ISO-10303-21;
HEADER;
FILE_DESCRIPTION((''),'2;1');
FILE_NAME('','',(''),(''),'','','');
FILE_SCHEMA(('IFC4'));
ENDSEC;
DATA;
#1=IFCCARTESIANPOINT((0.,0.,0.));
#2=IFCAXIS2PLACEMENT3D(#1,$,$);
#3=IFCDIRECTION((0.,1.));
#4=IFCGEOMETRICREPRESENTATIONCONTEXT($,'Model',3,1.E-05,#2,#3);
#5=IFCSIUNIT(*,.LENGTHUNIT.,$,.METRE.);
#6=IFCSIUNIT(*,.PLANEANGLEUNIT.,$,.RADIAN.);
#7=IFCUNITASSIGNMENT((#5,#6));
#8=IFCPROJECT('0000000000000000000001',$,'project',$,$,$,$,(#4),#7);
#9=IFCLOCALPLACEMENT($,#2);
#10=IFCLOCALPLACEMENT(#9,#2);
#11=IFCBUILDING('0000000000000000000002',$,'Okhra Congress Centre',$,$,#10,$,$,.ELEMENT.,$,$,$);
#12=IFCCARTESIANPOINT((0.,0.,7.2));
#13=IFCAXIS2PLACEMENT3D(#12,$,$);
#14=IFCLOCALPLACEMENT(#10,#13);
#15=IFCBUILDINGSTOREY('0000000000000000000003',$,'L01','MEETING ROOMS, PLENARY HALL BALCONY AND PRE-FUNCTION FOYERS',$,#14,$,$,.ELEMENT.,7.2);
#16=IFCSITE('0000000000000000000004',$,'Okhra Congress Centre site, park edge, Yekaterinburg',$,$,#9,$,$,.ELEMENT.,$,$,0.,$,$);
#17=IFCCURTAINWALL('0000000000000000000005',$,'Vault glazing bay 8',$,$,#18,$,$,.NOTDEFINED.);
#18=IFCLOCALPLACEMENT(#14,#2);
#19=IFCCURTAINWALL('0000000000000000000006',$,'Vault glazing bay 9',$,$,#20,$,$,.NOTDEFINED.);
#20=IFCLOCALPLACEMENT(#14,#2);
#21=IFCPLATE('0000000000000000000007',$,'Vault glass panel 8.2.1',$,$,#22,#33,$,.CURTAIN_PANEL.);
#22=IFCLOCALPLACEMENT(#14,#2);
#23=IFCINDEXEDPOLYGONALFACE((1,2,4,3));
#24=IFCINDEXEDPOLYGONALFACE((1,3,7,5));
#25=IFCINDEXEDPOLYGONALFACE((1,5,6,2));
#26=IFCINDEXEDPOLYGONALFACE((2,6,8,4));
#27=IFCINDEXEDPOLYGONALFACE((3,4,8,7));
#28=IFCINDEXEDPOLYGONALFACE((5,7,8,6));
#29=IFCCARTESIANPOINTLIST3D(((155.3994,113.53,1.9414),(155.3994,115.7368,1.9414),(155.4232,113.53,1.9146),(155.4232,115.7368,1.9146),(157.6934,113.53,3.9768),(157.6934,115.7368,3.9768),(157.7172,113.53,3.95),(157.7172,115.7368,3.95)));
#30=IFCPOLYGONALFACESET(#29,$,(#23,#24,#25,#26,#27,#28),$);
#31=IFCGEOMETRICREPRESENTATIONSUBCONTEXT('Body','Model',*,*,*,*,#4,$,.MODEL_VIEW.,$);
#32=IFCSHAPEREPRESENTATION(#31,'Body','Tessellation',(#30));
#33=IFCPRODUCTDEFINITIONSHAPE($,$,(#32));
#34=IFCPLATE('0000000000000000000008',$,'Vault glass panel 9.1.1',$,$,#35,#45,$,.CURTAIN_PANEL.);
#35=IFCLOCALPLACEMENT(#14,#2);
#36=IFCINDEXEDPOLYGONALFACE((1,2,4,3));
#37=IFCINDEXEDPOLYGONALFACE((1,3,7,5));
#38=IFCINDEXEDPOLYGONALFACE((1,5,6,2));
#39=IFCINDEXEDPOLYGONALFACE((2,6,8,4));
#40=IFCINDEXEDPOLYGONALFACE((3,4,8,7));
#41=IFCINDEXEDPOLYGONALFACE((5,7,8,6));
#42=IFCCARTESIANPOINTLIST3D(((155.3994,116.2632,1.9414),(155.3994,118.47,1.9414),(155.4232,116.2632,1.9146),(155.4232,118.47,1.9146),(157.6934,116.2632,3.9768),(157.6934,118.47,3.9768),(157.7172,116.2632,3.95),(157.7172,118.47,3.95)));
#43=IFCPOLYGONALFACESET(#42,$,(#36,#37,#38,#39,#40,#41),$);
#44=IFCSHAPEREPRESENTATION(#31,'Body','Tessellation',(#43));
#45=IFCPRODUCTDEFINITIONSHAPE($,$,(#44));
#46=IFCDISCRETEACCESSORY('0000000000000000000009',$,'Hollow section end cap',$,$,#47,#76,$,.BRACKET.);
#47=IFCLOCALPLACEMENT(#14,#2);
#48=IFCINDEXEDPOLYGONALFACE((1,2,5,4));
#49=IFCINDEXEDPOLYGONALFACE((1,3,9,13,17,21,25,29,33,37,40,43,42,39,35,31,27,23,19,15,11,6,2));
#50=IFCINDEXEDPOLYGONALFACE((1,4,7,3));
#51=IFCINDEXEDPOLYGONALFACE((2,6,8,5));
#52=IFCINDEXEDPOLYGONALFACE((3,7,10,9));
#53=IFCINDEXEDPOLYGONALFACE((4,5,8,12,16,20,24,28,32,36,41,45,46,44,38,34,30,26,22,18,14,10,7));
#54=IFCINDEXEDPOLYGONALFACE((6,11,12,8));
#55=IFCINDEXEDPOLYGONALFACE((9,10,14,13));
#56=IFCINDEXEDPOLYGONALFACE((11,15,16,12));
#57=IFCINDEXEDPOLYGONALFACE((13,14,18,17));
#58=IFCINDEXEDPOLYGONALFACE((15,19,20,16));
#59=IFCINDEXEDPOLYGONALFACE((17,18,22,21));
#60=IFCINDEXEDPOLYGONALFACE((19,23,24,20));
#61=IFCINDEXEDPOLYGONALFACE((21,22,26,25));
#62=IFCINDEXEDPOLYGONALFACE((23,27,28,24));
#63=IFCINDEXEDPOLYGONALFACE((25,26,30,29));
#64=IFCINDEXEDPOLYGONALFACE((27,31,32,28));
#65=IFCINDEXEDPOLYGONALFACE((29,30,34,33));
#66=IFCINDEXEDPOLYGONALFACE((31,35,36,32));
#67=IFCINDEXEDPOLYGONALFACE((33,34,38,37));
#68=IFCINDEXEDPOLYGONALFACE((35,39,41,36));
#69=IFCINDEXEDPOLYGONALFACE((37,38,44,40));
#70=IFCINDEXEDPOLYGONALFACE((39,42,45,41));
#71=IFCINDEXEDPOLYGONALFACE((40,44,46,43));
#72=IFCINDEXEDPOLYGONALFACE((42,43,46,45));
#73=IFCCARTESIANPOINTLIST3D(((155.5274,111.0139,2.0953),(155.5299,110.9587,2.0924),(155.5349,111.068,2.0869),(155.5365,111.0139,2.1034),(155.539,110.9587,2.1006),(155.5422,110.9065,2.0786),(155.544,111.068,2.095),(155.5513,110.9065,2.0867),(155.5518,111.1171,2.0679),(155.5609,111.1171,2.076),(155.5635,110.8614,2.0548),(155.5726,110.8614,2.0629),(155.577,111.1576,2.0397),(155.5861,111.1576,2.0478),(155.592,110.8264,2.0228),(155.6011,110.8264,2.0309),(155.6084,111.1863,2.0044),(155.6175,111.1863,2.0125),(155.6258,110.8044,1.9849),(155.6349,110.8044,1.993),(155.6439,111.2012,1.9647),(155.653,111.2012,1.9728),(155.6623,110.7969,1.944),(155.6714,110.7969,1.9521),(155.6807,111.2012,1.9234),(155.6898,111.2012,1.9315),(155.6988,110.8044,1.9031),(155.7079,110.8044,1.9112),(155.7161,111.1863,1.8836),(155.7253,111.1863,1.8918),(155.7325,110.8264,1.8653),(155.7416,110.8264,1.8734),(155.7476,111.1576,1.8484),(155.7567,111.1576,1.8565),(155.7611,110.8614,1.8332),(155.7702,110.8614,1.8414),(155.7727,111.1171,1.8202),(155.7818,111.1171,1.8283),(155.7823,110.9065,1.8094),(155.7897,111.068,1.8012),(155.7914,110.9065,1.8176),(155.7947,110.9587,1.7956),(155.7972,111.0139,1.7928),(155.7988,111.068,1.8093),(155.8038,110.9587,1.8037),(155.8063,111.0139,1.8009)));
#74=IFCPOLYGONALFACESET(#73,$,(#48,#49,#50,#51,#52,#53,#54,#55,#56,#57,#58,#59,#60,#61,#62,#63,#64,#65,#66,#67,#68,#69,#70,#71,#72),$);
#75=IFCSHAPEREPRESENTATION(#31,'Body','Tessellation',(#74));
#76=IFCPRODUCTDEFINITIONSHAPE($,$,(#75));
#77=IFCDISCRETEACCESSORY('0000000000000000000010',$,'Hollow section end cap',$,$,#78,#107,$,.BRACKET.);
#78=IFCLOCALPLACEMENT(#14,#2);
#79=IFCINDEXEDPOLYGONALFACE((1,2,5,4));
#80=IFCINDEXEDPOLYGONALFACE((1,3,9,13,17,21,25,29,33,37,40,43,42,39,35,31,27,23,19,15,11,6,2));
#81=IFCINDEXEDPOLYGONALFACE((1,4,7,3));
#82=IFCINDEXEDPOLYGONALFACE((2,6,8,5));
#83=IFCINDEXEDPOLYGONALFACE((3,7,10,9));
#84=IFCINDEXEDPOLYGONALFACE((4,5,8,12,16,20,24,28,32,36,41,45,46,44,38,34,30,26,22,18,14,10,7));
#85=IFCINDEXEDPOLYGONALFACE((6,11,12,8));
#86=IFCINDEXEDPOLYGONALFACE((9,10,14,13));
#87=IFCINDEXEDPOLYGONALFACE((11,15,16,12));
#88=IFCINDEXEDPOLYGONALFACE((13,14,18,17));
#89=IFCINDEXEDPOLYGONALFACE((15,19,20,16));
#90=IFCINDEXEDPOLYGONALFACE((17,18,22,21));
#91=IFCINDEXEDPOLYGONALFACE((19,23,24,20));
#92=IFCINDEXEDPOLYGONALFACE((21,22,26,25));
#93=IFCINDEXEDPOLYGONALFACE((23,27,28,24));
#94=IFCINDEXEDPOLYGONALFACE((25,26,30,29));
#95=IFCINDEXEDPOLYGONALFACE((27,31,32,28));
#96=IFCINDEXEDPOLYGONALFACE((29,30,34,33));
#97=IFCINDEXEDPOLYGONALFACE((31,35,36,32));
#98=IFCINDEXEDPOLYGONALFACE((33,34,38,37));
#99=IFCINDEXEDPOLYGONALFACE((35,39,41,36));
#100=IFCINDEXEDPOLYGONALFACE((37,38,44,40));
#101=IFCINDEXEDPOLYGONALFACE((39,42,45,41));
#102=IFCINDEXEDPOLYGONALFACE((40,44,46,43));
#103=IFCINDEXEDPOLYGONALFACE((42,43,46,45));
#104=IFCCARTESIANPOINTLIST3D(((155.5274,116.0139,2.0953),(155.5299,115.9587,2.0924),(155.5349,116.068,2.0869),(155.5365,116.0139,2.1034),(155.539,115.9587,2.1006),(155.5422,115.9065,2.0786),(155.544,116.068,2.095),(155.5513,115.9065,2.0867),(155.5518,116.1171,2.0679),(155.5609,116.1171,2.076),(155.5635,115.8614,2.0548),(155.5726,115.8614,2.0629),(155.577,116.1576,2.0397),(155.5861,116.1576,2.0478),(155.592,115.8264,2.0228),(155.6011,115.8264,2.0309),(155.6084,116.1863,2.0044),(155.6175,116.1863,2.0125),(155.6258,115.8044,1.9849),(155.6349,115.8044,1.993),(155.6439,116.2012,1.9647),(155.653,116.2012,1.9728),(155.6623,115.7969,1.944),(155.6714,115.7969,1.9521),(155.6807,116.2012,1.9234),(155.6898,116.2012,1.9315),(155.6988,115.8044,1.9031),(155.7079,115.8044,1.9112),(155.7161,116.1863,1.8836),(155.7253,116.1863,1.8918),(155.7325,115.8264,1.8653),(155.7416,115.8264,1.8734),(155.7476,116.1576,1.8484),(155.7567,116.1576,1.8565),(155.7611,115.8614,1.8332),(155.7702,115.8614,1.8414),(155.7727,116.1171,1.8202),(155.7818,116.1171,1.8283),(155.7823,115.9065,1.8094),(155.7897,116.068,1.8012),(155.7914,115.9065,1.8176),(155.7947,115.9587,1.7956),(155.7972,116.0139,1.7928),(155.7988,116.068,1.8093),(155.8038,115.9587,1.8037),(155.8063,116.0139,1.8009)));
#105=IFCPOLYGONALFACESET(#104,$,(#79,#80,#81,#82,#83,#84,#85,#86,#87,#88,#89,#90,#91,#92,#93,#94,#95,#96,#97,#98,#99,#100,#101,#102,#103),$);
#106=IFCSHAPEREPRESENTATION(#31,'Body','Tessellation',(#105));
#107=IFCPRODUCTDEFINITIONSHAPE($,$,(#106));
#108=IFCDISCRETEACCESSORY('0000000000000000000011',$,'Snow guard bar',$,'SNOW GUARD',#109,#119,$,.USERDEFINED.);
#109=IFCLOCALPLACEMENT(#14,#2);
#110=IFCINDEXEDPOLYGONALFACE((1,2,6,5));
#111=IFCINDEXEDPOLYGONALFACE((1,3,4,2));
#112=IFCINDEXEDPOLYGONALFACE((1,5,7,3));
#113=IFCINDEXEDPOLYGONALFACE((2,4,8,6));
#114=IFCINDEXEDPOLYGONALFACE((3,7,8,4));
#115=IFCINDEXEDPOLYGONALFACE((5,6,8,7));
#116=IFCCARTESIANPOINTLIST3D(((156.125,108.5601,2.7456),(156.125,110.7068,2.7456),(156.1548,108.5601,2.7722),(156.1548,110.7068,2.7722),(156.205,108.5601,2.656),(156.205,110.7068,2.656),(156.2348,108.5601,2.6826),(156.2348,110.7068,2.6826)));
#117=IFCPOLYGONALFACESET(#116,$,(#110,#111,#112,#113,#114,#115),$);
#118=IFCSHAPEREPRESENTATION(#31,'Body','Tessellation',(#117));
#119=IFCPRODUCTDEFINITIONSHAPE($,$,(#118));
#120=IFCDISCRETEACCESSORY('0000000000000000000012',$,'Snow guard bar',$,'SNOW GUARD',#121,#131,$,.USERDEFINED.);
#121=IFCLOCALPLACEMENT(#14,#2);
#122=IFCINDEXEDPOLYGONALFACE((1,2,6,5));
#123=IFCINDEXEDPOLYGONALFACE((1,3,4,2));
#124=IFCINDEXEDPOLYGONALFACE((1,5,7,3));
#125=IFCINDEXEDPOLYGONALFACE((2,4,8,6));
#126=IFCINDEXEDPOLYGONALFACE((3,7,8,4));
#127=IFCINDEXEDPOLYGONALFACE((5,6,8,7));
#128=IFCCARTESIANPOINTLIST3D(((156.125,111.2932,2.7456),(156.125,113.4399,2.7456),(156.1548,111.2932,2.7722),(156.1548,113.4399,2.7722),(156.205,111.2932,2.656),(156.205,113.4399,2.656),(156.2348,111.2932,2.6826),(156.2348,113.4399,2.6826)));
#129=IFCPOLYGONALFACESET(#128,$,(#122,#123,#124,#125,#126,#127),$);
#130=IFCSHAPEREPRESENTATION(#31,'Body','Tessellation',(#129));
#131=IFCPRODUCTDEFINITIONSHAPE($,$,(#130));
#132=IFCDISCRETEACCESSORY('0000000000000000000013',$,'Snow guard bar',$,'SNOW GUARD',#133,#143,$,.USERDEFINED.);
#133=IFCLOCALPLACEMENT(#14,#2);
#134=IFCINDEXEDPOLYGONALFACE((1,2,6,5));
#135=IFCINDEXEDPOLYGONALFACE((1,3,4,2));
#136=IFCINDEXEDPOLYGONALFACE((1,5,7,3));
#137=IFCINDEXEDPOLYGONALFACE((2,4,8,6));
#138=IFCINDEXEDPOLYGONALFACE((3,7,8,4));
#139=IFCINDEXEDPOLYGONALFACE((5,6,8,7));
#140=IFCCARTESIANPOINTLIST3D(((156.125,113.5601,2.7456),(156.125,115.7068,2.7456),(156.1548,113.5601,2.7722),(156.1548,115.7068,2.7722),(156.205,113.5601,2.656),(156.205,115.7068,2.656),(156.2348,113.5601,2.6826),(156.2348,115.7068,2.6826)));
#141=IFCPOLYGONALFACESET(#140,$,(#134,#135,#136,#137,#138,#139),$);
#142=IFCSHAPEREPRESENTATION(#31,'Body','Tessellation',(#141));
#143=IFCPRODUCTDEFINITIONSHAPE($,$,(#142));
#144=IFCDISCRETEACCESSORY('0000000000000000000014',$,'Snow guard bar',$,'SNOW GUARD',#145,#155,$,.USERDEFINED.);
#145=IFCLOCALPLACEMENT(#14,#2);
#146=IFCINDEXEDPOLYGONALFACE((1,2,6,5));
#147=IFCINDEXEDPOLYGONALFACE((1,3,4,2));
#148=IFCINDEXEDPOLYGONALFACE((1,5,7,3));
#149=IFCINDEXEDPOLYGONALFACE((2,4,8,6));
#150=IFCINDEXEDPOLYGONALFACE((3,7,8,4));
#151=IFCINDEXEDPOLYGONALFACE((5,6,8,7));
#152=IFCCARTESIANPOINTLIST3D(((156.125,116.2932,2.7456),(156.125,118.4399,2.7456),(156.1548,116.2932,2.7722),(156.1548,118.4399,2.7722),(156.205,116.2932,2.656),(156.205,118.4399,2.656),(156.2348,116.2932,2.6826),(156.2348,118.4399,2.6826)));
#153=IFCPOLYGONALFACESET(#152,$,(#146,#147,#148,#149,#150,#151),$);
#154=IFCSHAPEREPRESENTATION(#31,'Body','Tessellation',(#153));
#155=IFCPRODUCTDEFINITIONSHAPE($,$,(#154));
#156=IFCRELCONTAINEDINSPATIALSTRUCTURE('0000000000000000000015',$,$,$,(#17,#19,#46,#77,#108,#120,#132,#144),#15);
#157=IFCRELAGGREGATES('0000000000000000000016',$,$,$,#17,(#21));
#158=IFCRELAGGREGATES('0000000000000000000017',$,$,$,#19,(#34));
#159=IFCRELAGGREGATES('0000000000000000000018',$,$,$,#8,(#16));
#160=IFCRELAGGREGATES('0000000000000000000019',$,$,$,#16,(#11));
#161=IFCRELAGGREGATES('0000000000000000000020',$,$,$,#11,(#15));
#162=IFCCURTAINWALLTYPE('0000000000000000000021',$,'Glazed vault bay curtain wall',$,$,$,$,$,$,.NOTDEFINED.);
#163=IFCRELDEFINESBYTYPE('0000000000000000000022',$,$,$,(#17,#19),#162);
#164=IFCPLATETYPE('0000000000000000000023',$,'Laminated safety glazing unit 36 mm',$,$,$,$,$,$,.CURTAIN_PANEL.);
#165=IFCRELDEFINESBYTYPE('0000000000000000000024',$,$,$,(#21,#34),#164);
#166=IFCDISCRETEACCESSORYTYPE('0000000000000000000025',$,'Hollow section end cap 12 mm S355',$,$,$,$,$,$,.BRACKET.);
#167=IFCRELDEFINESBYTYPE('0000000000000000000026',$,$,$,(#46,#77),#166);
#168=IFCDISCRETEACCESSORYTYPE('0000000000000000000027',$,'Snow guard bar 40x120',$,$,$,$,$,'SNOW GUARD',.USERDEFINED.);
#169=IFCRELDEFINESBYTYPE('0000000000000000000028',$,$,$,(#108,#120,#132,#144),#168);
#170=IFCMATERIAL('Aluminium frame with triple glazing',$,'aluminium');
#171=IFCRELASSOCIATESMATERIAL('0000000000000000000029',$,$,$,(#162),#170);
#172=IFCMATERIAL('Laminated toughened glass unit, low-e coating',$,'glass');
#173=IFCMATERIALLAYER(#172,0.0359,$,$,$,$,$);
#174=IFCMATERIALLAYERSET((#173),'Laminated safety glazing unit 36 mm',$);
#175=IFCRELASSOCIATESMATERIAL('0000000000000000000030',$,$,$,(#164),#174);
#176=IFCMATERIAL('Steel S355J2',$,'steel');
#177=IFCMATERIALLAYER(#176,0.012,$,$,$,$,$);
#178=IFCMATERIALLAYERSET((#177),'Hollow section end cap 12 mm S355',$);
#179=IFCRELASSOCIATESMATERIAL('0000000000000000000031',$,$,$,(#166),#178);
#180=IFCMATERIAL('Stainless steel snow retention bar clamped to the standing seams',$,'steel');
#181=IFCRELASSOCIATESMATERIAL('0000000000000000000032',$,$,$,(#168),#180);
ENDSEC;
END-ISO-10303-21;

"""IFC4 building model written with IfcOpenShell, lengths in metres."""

from ifc_helpers import new_model, si_unit, direction, frame, origin, origin_2d, place, context, subcontext, project, spatial, polyline, circle, outline, extrude, material, layer, layer_set, type_object, element, aggregate, save


model = new_model("IFC4")

# Units and contexts
model_context = context("Model", 3, precision=1e-05, world=origin(), true_north=direction((0.0, 1.0)))
body_context = subcontext(model_context, "Body", "Model", "MODEL_VIEW")
ifc_project = project(units=[si_unit("LENGTHUNIT", "METRE"), si_unit("PLANEANGLEUNIT", "RADIAN")], contexts=[model_context])

# Site, building, storey
site_placement = place(None, origin())
site = spatial("IfcSite", under=ifc_project, at=site_placement, Name="Okhra Congress Centre site, park edge, Yekaterinburg", CompositionType="ELEMENT", RefElevation=0.0)
building_placement = place(site_placement, origin())
building = spatial("IfcBuilding", under=site, at=building_placement, Name="Okhra Congress Centre", CompositionType="ELEMENT")
storey_placement = place(building_placement, frame((0.0, 0.0, 7.2)))
storey = spatial("IfcBuildingStorey", under=building, at=storey_placement, Name="L01", Description="MEETING ROOMS, PLENARY HALL BALCONY AND PRE-FUNCTION FOYERS", CompositionType="ELEMENT", Elevation=7.2)

# Curtain wall
ifc_material_1 = material(Name="Aluminium frame with triple glazing", Category="aluminium")
curtain_wall_type_1 = type_object("IfcCurtainWallType", Name="Glazed vault bay curtain wall", PredefinedType="NOTDEFINED", material=ifc_material_1)
curtain_wall_1_placement = place(storey_placement, origin())
curtain_wall_1 = element("IfcCurtainWall", 1, at=curtain_wall_1_placement, inside=storey, type_object=curtain_wall_type_1, Name="Vault glazing bay 8", PredefinedType="NOTDEFINED")

# Curtain wall
curtain_wall_2_placement = place(storey_placement, origin())
curtain_wall_2 = element("IfcCurtainWall", 2, at=curtain_wall_2_placement, inside=storey, type_object=curtain_wall_type_1, Name="Vault glazing bay 9", PredefinedType="NOTDEFINED")

# Shared definitions
ifc_material_2 = material(Name="Steel S355J2", Category="steel")

# Plates
ifc_material_3 = material(Name="Laminated toughened glass unit, low-e coating", Category="glass")
ifc_layer_1 = layer(ifc_material_3, 0.0359)
ifc_layer_set_1 = layer_set([ifc_layer_1], Name="Laminated safety glazing unit 36 mm")
plate_type_1 = type_object("IfcPlateType", Name="Laminated safety glazing unit 36 mm", PredefinedType="CURTAIN_PANEL", material=ifc_layer_set_1)
plate_1_placement = place(storey_placement, frame((155.3994, 113.53, 1.9414), z_axis=(-0.663697, 0.0, 0.748002), x_axis=(0.748002, 0.0, 0.663697)))
plate_1 = element("IfcPlate", 3, at=plate_1_placement, type_object=plate_type_1, Name="Vault glass panel 8.2.1", PredefinedType="CURTAIN_PANEL", context=body_context, shape_type="SweptSolid", body=[
    extrude(outline(polyline([(0.0, 0.0), (3.0668, 0.0), (3.0668, 2.2068), (0.0, 2.2068), (0.0, 0.0)])), origin(), (0.0, 0.0, -1.0), 0.0359),
])
aggregate(curtain_wall_1, [plate_1])
plate_2_placement = place(storey_placement, frame((155.3994, 116.2632, 1.9414), z_axis=(-0.663697, 0.0, 0.748002), x_axis=(0.748002, 0.0, 0.663697)))
plate_2 = element("IfcPlate", 4, at=plate_2_placement, type_object=plate_type_1, Name="Vault glass panel 9.1.1", PredefinedType="CURTAIN_PANEL", context=body_context, shape_type="SweptSolid", body=[
    extrude(outline(polyline([(0.0, 0.0), (3.0668, 0.0), (3.0668, 2.2068), (0.0, 2.2068), (0.0, 0.0)])), origin(), (0.0, 0.0, -1.0), 0.0359),
])
aggregate(curtain_wall_2, [plate_2])

# Discrete accessories
ifc_layer_2 = layer(ifc_material_2, 0.012)
ifc_layer_set_2 = layer_set([ifc_layer_2], Name="Hollow section end cap 12 mm S355")
discrete_accessory_type_1 = type_object("IfcDiscreteAccessoryType", Name="Hollow section end cap 12 mm S355", PredefinedType="BRACKET", material=ifc_layer_set_2)
for number, where, z_axis, x_axis, name in (
    (5, (155.6714, 111.0, 1.9521), (-0.746295, 0.0, -0.665615), (0.0, -1.0, 0.0), "Hollow section end cap"),
    (6, (155.6714, 116.0, 1.9521), (-0.746295, 0.0, -0.665615), (0.0, -1.0, 0.0), "Hollow section end cap"),
):
    element("IfcDiscreteAccessory", number, at=place(storey_placement, frame(where, z_axis=z_axis, x_axis=x_axis)), inside=storey, type_object=discrete_accessory_type_1, Name=name, PredefinedType="BRACKET", context=body_context, shape_type="SweptSolid", body=[
        extrude(circle(Radius=0.2031, at=origin_2d()), origin(), (0.0, 0.0, 1.0), 0.0122),
    ])
ifc_material_4 = material(Name="Stainless steel snow retention bar clamped to the standing seams", Category="steel")
discrete_accessory_type_2 = type_object("IfcDiscreteAccessoryType", Name="Snow guard bar 40x120", ElementType="SNOW GUARD", PredefinedType="USERDEFINED", material=ifc_material_4)
for number, where, z_axis, x_axis, name in (
    (7, (156.125, 108.5601, 2.7456), (-0.666259, 0.0, 0.745721), (0.745721, 0.0, 0.666259), "Snow guard bar"),
    (8, (156.125, 111.2932, 2.7456), (-0.666259, 0.0, 0.745721), (0.745721, 0.0, 0.666259), "Snow guard bar"),
    (9, (156.125, 113.5601, 2.7456), (-0.666259, 0.0, 0.745721), (0.745721, 0.0, 0.666259), "Snow guard bar"),
    (10, (156.125, 116.2932, 2.7456), (-0.666259, 0.0, 0.745721), (0.745721, 0.0, 0.666259), "Snow guard bar"),
):
    element("IfcDiscreteAccessory", number, at=place(storey_placement, frame(where, z_axis=z_axis, x_axis=x_axis)), inside=storey, type_object=discrete_accessory_type_2, Name=name, ObjectType="SNOW GUARD", PredefinedType="USERDEFINED", context=body_context, shape_type="SweptSolid", body=[
        extrude(outline(polyline([(0.0, 0.0), (0.0399, 0.0), (0.0399, 2.1467), (0.0, 2.1467), (0.0, 0.0)])), origin(), (0.0, 0.0, -1.0), 0.1201),
    ])

save(model, "model.ifc")
